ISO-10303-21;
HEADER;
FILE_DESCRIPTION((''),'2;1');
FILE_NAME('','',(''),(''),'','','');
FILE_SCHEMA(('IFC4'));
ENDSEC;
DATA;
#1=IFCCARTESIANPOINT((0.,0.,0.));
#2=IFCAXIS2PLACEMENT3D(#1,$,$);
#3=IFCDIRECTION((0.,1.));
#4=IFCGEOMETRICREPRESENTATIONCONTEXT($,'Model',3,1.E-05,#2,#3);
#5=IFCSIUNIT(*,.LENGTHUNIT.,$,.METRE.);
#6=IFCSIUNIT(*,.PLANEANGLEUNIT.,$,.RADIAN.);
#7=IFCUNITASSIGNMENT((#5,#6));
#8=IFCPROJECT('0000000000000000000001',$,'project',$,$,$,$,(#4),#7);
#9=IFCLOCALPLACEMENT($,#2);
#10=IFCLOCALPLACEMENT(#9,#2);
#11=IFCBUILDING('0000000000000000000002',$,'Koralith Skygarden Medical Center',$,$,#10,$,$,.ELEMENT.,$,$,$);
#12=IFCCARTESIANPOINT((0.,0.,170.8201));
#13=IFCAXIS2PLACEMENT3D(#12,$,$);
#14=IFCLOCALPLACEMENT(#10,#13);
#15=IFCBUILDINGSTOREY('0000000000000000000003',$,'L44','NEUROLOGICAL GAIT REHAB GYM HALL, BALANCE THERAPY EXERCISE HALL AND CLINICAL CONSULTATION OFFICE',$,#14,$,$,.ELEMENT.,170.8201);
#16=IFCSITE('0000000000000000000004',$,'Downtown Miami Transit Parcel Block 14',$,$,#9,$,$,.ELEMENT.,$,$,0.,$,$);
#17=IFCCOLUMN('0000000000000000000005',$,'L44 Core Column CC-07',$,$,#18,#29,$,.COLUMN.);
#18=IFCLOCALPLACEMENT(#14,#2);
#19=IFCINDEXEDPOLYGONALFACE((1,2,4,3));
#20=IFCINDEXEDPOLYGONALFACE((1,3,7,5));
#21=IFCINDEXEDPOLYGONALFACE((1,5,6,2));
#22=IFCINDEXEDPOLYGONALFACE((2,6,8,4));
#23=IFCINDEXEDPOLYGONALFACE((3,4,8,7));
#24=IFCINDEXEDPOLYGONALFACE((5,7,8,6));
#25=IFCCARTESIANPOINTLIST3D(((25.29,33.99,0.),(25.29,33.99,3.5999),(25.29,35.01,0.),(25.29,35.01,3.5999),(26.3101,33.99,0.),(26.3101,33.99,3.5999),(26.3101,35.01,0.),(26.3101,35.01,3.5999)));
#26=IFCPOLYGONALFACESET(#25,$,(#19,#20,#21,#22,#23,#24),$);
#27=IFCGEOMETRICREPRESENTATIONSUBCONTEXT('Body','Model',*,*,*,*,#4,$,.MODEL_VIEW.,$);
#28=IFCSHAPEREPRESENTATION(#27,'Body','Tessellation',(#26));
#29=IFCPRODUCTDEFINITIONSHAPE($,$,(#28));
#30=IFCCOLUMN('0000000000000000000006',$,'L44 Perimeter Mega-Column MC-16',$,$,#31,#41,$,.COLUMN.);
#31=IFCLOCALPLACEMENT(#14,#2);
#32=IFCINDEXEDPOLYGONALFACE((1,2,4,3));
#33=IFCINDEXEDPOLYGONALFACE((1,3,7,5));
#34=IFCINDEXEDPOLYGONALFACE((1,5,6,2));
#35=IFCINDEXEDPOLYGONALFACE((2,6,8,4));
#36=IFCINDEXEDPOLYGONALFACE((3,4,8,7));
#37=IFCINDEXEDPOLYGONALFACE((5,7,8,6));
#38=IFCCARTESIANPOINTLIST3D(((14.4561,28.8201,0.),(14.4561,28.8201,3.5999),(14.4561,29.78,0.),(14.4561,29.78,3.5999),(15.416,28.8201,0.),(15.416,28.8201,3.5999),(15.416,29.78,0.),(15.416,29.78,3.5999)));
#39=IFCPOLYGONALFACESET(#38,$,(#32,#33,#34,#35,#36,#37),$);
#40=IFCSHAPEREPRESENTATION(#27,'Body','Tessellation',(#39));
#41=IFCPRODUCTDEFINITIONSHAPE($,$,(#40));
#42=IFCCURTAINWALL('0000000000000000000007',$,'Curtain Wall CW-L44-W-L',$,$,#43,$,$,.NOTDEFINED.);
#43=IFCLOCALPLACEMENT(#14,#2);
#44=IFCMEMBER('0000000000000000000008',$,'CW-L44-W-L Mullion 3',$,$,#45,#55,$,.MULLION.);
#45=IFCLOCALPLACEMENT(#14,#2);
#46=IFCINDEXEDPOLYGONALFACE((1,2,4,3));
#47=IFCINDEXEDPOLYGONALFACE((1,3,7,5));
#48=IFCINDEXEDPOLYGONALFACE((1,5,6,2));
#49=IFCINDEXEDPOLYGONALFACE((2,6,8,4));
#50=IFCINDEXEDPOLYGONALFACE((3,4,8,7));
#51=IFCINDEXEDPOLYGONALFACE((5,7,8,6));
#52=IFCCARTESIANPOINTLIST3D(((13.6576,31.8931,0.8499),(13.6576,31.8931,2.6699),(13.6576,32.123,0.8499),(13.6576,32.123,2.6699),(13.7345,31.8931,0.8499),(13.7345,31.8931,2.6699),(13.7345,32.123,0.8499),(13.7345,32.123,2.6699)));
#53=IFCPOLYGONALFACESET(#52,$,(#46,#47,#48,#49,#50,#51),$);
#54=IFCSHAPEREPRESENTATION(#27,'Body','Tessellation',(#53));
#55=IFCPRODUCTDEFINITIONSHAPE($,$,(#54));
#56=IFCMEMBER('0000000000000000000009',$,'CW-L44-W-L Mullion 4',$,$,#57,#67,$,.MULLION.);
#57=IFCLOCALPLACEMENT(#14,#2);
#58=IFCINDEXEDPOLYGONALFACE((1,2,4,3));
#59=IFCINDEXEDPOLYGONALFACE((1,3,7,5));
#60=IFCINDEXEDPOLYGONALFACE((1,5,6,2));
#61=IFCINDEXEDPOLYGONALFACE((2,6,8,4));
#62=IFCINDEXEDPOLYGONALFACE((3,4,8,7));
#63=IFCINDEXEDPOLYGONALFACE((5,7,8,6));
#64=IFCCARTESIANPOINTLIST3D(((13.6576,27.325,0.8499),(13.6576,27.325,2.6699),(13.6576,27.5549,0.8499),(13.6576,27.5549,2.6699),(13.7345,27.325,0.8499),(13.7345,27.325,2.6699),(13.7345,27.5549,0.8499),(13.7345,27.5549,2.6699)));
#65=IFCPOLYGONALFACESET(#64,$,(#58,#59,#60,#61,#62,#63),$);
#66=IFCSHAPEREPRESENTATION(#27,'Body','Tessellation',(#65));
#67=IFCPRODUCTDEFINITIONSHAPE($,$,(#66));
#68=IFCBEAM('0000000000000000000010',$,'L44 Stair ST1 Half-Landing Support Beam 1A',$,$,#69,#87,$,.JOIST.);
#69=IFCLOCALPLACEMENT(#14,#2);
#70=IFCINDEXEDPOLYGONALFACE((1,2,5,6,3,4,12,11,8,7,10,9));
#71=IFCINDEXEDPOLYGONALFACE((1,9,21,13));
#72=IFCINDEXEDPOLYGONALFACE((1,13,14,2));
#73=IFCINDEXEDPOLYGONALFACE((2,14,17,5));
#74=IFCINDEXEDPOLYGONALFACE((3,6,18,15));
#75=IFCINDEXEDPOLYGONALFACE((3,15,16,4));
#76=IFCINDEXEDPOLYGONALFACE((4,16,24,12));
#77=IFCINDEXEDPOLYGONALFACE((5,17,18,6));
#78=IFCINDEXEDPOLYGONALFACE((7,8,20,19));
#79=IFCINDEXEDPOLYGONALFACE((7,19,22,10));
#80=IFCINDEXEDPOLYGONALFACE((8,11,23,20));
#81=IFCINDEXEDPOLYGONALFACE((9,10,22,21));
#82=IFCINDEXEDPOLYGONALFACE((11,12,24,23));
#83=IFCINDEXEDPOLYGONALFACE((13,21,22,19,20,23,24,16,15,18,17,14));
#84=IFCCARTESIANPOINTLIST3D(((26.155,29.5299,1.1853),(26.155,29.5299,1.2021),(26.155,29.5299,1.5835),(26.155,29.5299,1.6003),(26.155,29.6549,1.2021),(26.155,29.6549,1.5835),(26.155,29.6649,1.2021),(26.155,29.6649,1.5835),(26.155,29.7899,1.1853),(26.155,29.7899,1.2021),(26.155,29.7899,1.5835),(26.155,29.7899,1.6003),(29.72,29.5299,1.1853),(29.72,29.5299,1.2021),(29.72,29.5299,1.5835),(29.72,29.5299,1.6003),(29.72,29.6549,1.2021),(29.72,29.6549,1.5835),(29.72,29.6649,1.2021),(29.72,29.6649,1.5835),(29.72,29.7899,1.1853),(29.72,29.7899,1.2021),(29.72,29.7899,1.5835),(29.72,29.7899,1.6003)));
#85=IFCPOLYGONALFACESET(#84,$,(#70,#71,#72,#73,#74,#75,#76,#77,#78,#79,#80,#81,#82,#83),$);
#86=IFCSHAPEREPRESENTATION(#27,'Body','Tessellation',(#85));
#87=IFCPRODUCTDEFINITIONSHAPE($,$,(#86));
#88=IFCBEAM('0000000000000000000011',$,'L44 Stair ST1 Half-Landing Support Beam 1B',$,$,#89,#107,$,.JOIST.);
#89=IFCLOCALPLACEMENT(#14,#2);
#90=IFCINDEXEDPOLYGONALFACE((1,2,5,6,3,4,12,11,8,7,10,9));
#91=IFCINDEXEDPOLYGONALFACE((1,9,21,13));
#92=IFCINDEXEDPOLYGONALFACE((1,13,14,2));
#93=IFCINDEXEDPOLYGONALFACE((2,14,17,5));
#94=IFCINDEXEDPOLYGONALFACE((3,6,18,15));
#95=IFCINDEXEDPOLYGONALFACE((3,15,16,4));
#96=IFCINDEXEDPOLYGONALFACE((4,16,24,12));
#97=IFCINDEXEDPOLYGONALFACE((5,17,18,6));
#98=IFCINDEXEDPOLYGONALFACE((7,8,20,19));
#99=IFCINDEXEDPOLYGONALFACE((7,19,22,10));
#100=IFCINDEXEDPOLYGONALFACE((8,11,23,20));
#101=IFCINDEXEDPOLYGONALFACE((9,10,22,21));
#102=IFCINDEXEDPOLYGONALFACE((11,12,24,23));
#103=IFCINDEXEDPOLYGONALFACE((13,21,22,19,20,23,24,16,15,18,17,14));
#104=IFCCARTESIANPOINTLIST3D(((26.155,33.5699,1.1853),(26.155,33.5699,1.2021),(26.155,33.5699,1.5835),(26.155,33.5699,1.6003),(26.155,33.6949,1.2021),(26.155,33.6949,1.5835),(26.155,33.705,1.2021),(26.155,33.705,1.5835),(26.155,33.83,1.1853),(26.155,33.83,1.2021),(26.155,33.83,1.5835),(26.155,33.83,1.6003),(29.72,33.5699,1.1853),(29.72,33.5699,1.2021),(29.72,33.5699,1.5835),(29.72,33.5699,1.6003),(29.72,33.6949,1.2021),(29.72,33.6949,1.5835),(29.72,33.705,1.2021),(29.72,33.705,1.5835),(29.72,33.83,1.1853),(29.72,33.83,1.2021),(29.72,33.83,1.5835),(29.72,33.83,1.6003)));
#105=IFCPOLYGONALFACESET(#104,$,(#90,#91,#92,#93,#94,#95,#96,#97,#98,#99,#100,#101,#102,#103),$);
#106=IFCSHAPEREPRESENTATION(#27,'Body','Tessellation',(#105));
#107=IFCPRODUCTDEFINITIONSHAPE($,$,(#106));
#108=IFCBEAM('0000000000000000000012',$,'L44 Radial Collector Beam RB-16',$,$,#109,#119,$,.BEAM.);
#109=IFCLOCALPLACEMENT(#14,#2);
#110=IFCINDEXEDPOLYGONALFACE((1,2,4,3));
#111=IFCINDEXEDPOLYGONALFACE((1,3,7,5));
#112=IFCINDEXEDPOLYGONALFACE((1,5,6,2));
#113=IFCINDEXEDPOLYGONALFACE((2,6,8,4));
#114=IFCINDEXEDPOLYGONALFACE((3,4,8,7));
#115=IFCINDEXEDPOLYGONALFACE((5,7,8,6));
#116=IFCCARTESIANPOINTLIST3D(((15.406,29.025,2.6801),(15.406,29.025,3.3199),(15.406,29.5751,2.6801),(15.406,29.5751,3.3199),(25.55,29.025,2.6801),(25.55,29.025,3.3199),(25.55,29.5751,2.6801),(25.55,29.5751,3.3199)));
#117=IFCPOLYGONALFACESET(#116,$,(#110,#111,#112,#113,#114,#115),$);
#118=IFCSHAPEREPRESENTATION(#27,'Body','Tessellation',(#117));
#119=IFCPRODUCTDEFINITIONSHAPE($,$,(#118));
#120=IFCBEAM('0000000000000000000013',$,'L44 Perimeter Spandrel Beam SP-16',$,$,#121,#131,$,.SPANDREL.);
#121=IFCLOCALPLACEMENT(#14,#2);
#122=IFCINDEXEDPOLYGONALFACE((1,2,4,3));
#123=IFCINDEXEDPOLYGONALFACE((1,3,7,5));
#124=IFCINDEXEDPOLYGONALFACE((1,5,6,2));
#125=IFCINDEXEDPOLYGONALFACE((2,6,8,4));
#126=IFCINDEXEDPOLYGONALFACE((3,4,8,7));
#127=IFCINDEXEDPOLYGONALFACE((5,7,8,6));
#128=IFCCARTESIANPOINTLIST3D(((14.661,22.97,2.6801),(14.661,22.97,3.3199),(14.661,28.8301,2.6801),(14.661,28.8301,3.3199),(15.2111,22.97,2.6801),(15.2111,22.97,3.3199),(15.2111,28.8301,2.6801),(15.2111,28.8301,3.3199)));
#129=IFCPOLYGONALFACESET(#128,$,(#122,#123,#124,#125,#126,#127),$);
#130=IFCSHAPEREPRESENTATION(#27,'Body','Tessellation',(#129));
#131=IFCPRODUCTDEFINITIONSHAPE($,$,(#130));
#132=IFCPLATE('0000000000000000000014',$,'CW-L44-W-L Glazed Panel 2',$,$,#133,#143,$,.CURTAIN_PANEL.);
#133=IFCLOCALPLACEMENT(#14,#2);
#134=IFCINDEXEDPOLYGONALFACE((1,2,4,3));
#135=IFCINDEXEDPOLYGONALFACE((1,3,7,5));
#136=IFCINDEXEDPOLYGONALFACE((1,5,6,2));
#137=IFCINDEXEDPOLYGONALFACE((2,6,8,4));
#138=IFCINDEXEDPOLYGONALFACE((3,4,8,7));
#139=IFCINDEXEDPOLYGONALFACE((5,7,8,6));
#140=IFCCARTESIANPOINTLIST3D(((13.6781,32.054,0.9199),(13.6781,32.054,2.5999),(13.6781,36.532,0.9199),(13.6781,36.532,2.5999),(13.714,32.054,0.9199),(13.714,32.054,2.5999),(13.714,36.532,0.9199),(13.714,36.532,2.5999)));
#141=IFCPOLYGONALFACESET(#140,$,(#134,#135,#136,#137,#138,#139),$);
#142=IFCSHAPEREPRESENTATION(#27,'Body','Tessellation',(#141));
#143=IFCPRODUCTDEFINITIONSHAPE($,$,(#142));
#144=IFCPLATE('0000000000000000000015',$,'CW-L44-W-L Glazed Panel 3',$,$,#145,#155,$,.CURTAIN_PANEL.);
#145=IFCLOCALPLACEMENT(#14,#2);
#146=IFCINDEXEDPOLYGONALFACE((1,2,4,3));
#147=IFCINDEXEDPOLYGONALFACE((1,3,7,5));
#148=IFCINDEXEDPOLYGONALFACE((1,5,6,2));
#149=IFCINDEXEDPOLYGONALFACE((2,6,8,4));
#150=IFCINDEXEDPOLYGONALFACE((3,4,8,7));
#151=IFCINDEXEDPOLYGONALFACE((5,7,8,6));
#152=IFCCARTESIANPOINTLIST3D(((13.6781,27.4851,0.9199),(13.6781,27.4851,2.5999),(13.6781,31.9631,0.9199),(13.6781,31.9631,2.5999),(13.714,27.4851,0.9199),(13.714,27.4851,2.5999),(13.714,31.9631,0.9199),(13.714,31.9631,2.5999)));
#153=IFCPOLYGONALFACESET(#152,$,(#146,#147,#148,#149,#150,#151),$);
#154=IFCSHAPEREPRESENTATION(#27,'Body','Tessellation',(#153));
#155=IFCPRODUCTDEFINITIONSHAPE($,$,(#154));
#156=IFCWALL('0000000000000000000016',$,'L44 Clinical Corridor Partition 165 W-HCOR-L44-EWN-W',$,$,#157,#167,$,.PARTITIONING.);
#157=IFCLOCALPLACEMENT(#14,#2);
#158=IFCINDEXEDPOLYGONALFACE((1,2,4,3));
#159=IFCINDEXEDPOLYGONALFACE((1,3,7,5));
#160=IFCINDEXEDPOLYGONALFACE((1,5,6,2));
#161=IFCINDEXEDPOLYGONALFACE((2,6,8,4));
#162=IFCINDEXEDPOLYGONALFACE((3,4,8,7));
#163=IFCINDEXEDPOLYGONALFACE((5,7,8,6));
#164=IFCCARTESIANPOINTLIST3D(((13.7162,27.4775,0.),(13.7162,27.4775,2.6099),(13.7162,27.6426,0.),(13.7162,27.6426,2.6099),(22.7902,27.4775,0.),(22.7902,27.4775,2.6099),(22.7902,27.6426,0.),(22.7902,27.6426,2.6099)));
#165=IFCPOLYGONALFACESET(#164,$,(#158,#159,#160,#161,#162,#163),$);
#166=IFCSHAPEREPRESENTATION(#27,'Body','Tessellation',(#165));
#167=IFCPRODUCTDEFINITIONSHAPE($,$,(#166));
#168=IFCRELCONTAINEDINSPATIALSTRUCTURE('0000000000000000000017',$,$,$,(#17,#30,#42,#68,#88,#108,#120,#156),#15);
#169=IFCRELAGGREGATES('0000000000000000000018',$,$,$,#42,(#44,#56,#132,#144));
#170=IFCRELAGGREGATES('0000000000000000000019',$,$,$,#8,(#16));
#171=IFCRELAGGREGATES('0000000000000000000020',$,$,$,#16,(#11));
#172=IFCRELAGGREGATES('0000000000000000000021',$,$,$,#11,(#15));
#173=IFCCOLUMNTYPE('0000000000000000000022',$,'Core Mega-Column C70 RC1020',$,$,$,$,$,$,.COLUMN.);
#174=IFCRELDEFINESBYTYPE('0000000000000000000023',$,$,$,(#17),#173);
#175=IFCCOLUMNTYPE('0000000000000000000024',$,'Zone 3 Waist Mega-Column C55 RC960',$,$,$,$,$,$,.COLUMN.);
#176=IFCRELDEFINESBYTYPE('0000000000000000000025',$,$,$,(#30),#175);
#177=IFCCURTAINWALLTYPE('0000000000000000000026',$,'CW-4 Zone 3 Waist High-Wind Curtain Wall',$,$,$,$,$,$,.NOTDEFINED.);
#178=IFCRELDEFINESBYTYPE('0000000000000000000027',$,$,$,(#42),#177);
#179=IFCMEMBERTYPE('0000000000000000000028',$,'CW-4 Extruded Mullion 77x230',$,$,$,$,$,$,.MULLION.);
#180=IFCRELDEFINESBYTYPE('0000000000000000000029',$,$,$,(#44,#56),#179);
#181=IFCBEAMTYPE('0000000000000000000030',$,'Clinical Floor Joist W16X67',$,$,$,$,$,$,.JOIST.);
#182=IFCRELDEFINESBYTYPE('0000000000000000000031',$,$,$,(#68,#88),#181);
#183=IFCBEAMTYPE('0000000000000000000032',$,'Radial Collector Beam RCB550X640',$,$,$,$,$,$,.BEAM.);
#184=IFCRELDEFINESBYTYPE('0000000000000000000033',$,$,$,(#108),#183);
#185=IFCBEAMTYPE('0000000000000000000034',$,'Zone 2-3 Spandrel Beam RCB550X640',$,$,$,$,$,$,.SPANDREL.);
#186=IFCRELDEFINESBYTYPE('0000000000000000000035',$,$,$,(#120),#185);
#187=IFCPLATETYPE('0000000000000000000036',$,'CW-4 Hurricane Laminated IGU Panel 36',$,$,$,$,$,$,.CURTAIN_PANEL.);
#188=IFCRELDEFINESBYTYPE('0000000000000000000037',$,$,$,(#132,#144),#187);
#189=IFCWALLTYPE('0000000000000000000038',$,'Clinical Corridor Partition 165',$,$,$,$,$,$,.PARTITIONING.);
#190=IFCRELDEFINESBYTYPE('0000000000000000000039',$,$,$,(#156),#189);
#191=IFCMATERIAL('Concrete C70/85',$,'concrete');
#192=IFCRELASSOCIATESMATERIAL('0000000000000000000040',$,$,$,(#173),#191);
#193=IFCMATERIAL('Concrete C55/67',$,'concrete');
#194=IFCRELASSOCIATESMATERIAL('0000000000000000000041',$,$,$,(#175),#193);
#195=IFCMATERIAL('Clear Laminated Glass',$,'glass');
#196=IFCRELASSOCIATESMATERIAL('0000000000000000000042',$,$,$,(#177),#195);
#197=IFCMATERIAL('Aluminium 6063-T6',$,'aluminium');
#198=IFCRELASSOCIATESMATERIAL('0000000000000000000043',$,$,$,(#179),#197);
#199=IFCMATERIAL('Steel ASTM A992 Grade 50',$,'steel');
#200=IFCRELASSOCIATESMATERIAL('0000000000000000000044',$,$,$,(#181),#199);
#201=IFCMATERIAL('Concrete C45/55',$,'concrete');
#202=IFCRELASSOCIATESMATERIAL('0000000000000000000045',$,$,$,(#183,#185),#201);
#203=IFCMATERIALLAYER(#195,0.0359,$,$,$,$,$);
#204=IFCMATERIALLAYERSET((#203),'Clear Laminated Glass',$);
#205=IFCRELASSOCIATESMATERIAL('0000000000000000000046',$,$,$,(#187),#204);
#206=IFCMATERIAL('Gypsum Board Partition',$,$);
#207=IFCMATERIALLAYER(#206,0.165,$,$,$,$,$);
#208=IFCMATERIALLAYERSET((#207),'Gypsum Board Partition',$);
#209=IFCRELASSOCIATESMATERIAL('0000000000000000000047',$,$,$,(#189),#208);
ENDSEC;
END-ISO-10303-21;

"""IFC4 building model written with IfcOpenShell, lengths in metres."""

from ifc_helpers import new_model, si_unit, direction, frame, frame_2d, origin, origin_2d, place, context, subcontext, project, spatial, rectangle, i_section, extrude, material, layer, layer_set, material_profile, profile_set, type_object, element, aggregate, save


model = new_model("IFC4")

# Units and contexts
model_context = context("Model", 3, precision=1e-05, world=origin(), true_north=direction((0.0, 1.0)))
body_context = subcontext(model_context, "Body", "Model", "MODEL_VIEW")
ifc_project = project(units=[si_unit("LENGTHUNIT", "METRE"), si_unit("PLANEANGLEUNIT", "RADIAN")], contexts=[model_context])

# Site, building, storey
site_placement = place(None, origin())
site = spatial("IfcSite", under=ifc_project, at=site_placement, Name="Downtown Miami Transit Parcel Block 14", CompositionType="ELEMENT", RefElevation=0.0)
building_placement = place(site_placement, origin())
building = spatial("IfcBuilding", under=site, at=building_placement, Name="Koralith Skygarden Medical Center", CompositionType="ELEMENT")
storey_placement = place(building_placement, frame((0.0, 0.0, 170.8201)))
storey = spatial("IfcBuildingStorey", under=building, at=storey_placement, Name="L44", Description="NEUROLOGICAL GAIT REHAB GYM HALL, BALANCE THERAPY EXERCISE HALL AND CLINICAL CONSULTATION OFFICE", CompositionType="ELEMENT", Elevation=170.8201)

# Columns
ifc_material_1 = material(Name="Concrete C70/85", Category="concrete")
ifc_material_profile_1 = material_profile(ifc_material_1, rectangle(XDim=1.02, YDim=1.02, at=origin_2d()), Name="RC1020X1020")
ifc_profile_set_1 = profile_set([ifc_material_profile_1], Name="Concrete C70/85")
column_type_1 = type_object("IfcColumnType", Name="Core Mega-Column C70 RC1020", PredefinedType="COLUMN", material=ifc_profile_set_1)
column_1_placement = place(storey_placement, frame((25.8, 34.5, 0.0), z_axis=(0.0, 0.0, 1.0), x_axis=(1.0, 0.0, 0.0)))
element("IfcColumn", 1, at=column_1_placement, inside=storey, type_object=column_type_1, Name="L44 Core Column CC-07", PredefinedType="COLUMN", context=body_context, shape_type="SweptSolid", body=[
    extrude(rectangle(XDim=1.02, YDim=1.02, at=origin_2d()), origin(), (0.0, 0.0, 1.0), 3.5999),
])
ifc_material_2 = material(Name="Concrete C55/67", Category="concrete")
ifc_material_profile_2 = material_profile(ifc_material_2, rectangle(XDim=0.96, YDim=0.96, at=origin_2d()), Name="RC960X960")
ifc_profile_set_2 = profile_set([ifc_material_profile_2], Name="Concrete C55/67")
column_type_2 = type_object("IfcColumnType", Name="Zone 3 Waist Mega-Column C55 RC960", PredefinedType="COLUMN", material=ifc_profile_set_2)
column_2_placement = place(storey_placement, frame((14.936, 29.3, 0.0), z_axis=(0.0, 0.0, 1.0), x_axis=(1.0, 0.0, 0.0)))
element("IfcColumn", 2, at=column_2_placement, inside=storey, type_object=column_type_2, Name="L44 Perimeter Mega-Column MC-16", PredefinedType="COLUMN", context=body_context, shape_type="SweptSolid", body=[
    extrude(rectangle(XDim=0.96, YDim=0.96, at=origin_2d()), origin(), (0.0, 0.0, 1.0), 3.5999),
])

# Curtain wall, members
ifc_material_3 = material(Name="Clear Laminated Glass", Category="glass")
curtain_wall_type = type_object("IfcCurtainWallType", Name="CW-4 Zone 3 Waist High-Wind Curtain Wall", PredefinedType="NOTDEFINED", material=ifc_material_3)
curtain_wall_placement = place(storey_placement, origin())
curtain_wall = element("IfcCurtainWall", 3, at=curtain_wall_placement, inside=storey, type_object=curtain_wall_type, Name="Curtain Wall CW-L44-W-L", PredefinedType="NOTDEFINED")
ifc_material_4 = material(Name="Aluminium 6063-T6", Category="aluminium")
ifc_material_profile_3 = material_profile(ifc_material_4, rectangle(XDim=0.0769, YDim=0.23, at=origin_2d()), Name="MUL77X230")
ifc_profile_set_3 = profile_set([ifc_material_profile_3], Name="Aluminium 6063-T6")
member_type = type_object("IfcMemberType", Name="CW-4 Extruded Mullion 77x230", PredefinedType="MULLION", material=ifc_profile_set_3)
member_1_placement = place(storey_placement, frame((13.696, 32.0081, 0.8499), z_axis=(0.0, 0.0, 1.0), x_axis=(1.0, 0.0, 0.0)))
member_1 = element("IfcMember", 4, at=member_1_placement, type_object=member_type, Name="CW-L44-W-L Mullion 3", PredefinedType="MULLION", context=body_context, shape_type="SweptSolid", body=[
    extrude(rectangle(XDim=0.0769, YDim=0.23, at=origin_2d()), origin(), (0.0, 0.0, 1.0), 1.8201),
])
member_2_placement = place(storey_placement, frame((13.696, 27.4399, 0.8499), z_axis=(0.0, 0.0, 1.0), x_axis=(1.0, 0.0, 0.0)))
member_2 = element("IfcMember", 5, at=member_2_placement, type_object=member_type, Name="CW-L44-W-L Mullion 4", PredefinedType="MULLION", context=body_context, shape_type="SweptSolid", body=[
    extrude(rectangle(XDim=0.0769, YDim=0.23, at=origin_2d()), origin(), (0.0, 0.0, 1.0), 1.8201),
])

# Beams
ifc_material_5 = material(Name="Steel ASTM A992 Grade 50", Category="steel")
ifc_material_profile_4 = material_profile(ifc_material_5, i_section(OverallWidth=0.26, OverallDepth=0.415, WebThickness=0.01, FlangeThickness=0.0168, at=origin_2d()), Name="W16X67")
ifc_profile_set_4 = profile_set([ifc_material_profile_4], Name="Steel ASTM A992 Grade 50")
beam_type_1 = type_object("IfcBeamType", Name="Clinical Floor Joist W16X67", PredefinedType="JOIST", material=ifc_profile_set_4)
for number, where, z_axis, x_axis, name in (
    (6, (26.155, 29.6599, 1.3928), (1.0, 0.0, 0.0), (0.0, 1.0, 0.0), "L44 Stair ST1 Half-Landing Support Beam 1A"),
    (7, (26.155, 33.7, 1.3928), (1.0, 0.0, 0.0), (0.0, 1.0, 0.0), "L44 Stair ST1 Half-Landing Support Beam 1B"),
):
    element("IfcBeam", number, at=place(storey_placement, frame(where, z_axis=z_axis, x_axis=x_axis)), inside=storey, type_object=beam_type_1, Name=name, PredefinedType="JOIST", context=body_context, shape_type="SweptSolid", body=[
        extrude(i_section(OverallWidth=0.26, OverallDepth=0.415, WebThickness=0.01, FlangeThickness=0.0168, at=origin_2d()), origin(), (0.0, 0.0, 1.0), 3.5649),
    ])
ifc_material_6 = material(Name="Concrete C45/55", Category="concrete")
ifc_material_profile_5 = material_profile(ifc_material_6, rectangle(XDim=0.55, YDim=0.6399, at=origin_2d()), Name="RCB550X640")
ifc_profile_set_5 = profile_set([ifc_material_profile_5], Name="Concrete C45/55")
beam_type_2 = type_object("IfcBeamType", Name="Radial Collector Beam RCB550X640", PredefinedType="BEAM", material=ifc_profile_set_5)
beam_1_placement = place(storey_placement, frame((25.55, 29.3, 3.0), z_axis=(-1.0, 0.0, 0.0), x_axis=(0.0, -1.0, 0.0)))
element("IfcBeam", 8, at=beam_1_placement, inside=storey, type_object=beam_type_2, Name="L44 Radial Collector Beam RB-16", PredefinedType="BEAM", context=body_context, shape_type="SweptSolid", body=[
    extrude(rectangle(XDim=0.55, YDim=0.6399, at=origin_2d()), origin(), (0.0, 0.0, 1.0), 10.144),
])
ifc_material_profile_6 = material_profile(ifc_material_6, rectangle(XDim=0.55, YDim=0.6399, at=origin_2d()), Name="RCB550X640")
ifc_profile_set_6 = profile_set([ifc_material_profile_6], Name="Concrete C45/55")
beam_type_3 = type_object("IfcBeamType", Name="Zone 2-3 Spandrel Beam RCB550X640", PredefinedType="SPANDREL", material=ifc_profile_set_6)
beam_2_placement = place(storey_placement, frame((14.936, 28.8301, 3.0), z_axis=(0.0, -1.0, 0.0), x_axis=(1.0, 0.0, 0.0)))
element("IfcBeam", 9, at=beam_2_placement, inside=storey, type_object=beam_type_3, Name="L44 Perimeter Spandrel Beam SP-16", PredefinedType="SPANDREL", context=body_context, shape_type="SweptSolid", body=[
    extrude(rectangle(XDim=0.55, YDim=0.6399, at=origin_2d()), origin(), (0.0, 0.0, 1.0), 5.8601),
])

# Plates
ifc_layer_1 = layer(ifc_material_3, 0.0359)
ifc_layer_set_1 = layer_set([ifc_layer_1], Name="Clear Laminated Glass")
plate_type = type_object("IfcPlateType", Name="CW-4 Hurricane Laminated IGU Panel 36", PredefinedType="CURTAIN_PANEL", material=ifc_layer_set_1)
plate_1_placement = place(storey_placement, frame((13.696, 34.293, 0.9199), z_axis=(0.0, 0.0, 1.0), x_axis=(0.0, -1.0, 0.0)))
plate_1 = element("IfcPlate", 10, at=plate_1_placement, type_object=plate_type, Name="CW-L44-W-L Glazed Panel 2", PredefinedType="CURTAIN_PANEL", context=body_context, shape_type="SweptSolid", body=[
    extrude(rectangle(XDim=4.478, YDim=0.0359, at=origin_2d()), origin(), (0.0, 0.0, 1.0), 1.6799),
])
plate_2_placement = place(storey_placement, frame((13.696, 29.7241, 0.9199), z_axis=(0.0, 0.0, 1.0), x_axis=(0.0, -1.0, 0.0)))
plate_2 = element("IfcPlate", 11, at=plate_2_placement, type_object=plate_type, Name="CW-L44-W-L Glazed Panel 3", PredefinedType="CURTAIN_PANEL", context=body_context, shape_type="SweptSolid", body=[
    extrude(rectangle(XDim=4.478, YDim=0.0359, at=origin_2d()), origin(), (0.0, 0.0, 1.0), 1.6799),
])
aggregate(curtain_wall, [member_1, member_2, plate_1, plate_2])

# Wall
ifc_material_7 = material(Name="Gypsum Board Partition")
ifc_layer_2 = layer(ifc_material_7, 0.165)
ifc_layer_set_2 = layer_set([ifc_layer_2], Name="Gypsum Board Partition")
wall_type_1 = type_object("IfcWallType", Name="Clinical Corridor Partition 165", PredefinedType="PARTITIONING", material=ifc_layer_set_2)
wall_1_placement = place(storey_placement, frame((13.7161, 27.5601, 0.0), z_axis=(0.0, 0.0, 1.0), x_axis=(1.0, 0.0, 0.0)))
element("IfcWall", 12, at=wall_1_placement, inside=storey, type_object=wall_type_1, Name="L44 Clinical Corridor Partition 165 W-HCOR-L44-EWN-W", PredefinedType="PARTITIONING", context=body_context, shape_type="SweptSolid", body=[
    extrude(rectangle(XDim=9.074, YDim=0.165, at=frame_2d((4.5371, 0.0))), origin(), (0.0, 0.0, 1.0), 2.6099),
])

save(model, "model.ifc")
